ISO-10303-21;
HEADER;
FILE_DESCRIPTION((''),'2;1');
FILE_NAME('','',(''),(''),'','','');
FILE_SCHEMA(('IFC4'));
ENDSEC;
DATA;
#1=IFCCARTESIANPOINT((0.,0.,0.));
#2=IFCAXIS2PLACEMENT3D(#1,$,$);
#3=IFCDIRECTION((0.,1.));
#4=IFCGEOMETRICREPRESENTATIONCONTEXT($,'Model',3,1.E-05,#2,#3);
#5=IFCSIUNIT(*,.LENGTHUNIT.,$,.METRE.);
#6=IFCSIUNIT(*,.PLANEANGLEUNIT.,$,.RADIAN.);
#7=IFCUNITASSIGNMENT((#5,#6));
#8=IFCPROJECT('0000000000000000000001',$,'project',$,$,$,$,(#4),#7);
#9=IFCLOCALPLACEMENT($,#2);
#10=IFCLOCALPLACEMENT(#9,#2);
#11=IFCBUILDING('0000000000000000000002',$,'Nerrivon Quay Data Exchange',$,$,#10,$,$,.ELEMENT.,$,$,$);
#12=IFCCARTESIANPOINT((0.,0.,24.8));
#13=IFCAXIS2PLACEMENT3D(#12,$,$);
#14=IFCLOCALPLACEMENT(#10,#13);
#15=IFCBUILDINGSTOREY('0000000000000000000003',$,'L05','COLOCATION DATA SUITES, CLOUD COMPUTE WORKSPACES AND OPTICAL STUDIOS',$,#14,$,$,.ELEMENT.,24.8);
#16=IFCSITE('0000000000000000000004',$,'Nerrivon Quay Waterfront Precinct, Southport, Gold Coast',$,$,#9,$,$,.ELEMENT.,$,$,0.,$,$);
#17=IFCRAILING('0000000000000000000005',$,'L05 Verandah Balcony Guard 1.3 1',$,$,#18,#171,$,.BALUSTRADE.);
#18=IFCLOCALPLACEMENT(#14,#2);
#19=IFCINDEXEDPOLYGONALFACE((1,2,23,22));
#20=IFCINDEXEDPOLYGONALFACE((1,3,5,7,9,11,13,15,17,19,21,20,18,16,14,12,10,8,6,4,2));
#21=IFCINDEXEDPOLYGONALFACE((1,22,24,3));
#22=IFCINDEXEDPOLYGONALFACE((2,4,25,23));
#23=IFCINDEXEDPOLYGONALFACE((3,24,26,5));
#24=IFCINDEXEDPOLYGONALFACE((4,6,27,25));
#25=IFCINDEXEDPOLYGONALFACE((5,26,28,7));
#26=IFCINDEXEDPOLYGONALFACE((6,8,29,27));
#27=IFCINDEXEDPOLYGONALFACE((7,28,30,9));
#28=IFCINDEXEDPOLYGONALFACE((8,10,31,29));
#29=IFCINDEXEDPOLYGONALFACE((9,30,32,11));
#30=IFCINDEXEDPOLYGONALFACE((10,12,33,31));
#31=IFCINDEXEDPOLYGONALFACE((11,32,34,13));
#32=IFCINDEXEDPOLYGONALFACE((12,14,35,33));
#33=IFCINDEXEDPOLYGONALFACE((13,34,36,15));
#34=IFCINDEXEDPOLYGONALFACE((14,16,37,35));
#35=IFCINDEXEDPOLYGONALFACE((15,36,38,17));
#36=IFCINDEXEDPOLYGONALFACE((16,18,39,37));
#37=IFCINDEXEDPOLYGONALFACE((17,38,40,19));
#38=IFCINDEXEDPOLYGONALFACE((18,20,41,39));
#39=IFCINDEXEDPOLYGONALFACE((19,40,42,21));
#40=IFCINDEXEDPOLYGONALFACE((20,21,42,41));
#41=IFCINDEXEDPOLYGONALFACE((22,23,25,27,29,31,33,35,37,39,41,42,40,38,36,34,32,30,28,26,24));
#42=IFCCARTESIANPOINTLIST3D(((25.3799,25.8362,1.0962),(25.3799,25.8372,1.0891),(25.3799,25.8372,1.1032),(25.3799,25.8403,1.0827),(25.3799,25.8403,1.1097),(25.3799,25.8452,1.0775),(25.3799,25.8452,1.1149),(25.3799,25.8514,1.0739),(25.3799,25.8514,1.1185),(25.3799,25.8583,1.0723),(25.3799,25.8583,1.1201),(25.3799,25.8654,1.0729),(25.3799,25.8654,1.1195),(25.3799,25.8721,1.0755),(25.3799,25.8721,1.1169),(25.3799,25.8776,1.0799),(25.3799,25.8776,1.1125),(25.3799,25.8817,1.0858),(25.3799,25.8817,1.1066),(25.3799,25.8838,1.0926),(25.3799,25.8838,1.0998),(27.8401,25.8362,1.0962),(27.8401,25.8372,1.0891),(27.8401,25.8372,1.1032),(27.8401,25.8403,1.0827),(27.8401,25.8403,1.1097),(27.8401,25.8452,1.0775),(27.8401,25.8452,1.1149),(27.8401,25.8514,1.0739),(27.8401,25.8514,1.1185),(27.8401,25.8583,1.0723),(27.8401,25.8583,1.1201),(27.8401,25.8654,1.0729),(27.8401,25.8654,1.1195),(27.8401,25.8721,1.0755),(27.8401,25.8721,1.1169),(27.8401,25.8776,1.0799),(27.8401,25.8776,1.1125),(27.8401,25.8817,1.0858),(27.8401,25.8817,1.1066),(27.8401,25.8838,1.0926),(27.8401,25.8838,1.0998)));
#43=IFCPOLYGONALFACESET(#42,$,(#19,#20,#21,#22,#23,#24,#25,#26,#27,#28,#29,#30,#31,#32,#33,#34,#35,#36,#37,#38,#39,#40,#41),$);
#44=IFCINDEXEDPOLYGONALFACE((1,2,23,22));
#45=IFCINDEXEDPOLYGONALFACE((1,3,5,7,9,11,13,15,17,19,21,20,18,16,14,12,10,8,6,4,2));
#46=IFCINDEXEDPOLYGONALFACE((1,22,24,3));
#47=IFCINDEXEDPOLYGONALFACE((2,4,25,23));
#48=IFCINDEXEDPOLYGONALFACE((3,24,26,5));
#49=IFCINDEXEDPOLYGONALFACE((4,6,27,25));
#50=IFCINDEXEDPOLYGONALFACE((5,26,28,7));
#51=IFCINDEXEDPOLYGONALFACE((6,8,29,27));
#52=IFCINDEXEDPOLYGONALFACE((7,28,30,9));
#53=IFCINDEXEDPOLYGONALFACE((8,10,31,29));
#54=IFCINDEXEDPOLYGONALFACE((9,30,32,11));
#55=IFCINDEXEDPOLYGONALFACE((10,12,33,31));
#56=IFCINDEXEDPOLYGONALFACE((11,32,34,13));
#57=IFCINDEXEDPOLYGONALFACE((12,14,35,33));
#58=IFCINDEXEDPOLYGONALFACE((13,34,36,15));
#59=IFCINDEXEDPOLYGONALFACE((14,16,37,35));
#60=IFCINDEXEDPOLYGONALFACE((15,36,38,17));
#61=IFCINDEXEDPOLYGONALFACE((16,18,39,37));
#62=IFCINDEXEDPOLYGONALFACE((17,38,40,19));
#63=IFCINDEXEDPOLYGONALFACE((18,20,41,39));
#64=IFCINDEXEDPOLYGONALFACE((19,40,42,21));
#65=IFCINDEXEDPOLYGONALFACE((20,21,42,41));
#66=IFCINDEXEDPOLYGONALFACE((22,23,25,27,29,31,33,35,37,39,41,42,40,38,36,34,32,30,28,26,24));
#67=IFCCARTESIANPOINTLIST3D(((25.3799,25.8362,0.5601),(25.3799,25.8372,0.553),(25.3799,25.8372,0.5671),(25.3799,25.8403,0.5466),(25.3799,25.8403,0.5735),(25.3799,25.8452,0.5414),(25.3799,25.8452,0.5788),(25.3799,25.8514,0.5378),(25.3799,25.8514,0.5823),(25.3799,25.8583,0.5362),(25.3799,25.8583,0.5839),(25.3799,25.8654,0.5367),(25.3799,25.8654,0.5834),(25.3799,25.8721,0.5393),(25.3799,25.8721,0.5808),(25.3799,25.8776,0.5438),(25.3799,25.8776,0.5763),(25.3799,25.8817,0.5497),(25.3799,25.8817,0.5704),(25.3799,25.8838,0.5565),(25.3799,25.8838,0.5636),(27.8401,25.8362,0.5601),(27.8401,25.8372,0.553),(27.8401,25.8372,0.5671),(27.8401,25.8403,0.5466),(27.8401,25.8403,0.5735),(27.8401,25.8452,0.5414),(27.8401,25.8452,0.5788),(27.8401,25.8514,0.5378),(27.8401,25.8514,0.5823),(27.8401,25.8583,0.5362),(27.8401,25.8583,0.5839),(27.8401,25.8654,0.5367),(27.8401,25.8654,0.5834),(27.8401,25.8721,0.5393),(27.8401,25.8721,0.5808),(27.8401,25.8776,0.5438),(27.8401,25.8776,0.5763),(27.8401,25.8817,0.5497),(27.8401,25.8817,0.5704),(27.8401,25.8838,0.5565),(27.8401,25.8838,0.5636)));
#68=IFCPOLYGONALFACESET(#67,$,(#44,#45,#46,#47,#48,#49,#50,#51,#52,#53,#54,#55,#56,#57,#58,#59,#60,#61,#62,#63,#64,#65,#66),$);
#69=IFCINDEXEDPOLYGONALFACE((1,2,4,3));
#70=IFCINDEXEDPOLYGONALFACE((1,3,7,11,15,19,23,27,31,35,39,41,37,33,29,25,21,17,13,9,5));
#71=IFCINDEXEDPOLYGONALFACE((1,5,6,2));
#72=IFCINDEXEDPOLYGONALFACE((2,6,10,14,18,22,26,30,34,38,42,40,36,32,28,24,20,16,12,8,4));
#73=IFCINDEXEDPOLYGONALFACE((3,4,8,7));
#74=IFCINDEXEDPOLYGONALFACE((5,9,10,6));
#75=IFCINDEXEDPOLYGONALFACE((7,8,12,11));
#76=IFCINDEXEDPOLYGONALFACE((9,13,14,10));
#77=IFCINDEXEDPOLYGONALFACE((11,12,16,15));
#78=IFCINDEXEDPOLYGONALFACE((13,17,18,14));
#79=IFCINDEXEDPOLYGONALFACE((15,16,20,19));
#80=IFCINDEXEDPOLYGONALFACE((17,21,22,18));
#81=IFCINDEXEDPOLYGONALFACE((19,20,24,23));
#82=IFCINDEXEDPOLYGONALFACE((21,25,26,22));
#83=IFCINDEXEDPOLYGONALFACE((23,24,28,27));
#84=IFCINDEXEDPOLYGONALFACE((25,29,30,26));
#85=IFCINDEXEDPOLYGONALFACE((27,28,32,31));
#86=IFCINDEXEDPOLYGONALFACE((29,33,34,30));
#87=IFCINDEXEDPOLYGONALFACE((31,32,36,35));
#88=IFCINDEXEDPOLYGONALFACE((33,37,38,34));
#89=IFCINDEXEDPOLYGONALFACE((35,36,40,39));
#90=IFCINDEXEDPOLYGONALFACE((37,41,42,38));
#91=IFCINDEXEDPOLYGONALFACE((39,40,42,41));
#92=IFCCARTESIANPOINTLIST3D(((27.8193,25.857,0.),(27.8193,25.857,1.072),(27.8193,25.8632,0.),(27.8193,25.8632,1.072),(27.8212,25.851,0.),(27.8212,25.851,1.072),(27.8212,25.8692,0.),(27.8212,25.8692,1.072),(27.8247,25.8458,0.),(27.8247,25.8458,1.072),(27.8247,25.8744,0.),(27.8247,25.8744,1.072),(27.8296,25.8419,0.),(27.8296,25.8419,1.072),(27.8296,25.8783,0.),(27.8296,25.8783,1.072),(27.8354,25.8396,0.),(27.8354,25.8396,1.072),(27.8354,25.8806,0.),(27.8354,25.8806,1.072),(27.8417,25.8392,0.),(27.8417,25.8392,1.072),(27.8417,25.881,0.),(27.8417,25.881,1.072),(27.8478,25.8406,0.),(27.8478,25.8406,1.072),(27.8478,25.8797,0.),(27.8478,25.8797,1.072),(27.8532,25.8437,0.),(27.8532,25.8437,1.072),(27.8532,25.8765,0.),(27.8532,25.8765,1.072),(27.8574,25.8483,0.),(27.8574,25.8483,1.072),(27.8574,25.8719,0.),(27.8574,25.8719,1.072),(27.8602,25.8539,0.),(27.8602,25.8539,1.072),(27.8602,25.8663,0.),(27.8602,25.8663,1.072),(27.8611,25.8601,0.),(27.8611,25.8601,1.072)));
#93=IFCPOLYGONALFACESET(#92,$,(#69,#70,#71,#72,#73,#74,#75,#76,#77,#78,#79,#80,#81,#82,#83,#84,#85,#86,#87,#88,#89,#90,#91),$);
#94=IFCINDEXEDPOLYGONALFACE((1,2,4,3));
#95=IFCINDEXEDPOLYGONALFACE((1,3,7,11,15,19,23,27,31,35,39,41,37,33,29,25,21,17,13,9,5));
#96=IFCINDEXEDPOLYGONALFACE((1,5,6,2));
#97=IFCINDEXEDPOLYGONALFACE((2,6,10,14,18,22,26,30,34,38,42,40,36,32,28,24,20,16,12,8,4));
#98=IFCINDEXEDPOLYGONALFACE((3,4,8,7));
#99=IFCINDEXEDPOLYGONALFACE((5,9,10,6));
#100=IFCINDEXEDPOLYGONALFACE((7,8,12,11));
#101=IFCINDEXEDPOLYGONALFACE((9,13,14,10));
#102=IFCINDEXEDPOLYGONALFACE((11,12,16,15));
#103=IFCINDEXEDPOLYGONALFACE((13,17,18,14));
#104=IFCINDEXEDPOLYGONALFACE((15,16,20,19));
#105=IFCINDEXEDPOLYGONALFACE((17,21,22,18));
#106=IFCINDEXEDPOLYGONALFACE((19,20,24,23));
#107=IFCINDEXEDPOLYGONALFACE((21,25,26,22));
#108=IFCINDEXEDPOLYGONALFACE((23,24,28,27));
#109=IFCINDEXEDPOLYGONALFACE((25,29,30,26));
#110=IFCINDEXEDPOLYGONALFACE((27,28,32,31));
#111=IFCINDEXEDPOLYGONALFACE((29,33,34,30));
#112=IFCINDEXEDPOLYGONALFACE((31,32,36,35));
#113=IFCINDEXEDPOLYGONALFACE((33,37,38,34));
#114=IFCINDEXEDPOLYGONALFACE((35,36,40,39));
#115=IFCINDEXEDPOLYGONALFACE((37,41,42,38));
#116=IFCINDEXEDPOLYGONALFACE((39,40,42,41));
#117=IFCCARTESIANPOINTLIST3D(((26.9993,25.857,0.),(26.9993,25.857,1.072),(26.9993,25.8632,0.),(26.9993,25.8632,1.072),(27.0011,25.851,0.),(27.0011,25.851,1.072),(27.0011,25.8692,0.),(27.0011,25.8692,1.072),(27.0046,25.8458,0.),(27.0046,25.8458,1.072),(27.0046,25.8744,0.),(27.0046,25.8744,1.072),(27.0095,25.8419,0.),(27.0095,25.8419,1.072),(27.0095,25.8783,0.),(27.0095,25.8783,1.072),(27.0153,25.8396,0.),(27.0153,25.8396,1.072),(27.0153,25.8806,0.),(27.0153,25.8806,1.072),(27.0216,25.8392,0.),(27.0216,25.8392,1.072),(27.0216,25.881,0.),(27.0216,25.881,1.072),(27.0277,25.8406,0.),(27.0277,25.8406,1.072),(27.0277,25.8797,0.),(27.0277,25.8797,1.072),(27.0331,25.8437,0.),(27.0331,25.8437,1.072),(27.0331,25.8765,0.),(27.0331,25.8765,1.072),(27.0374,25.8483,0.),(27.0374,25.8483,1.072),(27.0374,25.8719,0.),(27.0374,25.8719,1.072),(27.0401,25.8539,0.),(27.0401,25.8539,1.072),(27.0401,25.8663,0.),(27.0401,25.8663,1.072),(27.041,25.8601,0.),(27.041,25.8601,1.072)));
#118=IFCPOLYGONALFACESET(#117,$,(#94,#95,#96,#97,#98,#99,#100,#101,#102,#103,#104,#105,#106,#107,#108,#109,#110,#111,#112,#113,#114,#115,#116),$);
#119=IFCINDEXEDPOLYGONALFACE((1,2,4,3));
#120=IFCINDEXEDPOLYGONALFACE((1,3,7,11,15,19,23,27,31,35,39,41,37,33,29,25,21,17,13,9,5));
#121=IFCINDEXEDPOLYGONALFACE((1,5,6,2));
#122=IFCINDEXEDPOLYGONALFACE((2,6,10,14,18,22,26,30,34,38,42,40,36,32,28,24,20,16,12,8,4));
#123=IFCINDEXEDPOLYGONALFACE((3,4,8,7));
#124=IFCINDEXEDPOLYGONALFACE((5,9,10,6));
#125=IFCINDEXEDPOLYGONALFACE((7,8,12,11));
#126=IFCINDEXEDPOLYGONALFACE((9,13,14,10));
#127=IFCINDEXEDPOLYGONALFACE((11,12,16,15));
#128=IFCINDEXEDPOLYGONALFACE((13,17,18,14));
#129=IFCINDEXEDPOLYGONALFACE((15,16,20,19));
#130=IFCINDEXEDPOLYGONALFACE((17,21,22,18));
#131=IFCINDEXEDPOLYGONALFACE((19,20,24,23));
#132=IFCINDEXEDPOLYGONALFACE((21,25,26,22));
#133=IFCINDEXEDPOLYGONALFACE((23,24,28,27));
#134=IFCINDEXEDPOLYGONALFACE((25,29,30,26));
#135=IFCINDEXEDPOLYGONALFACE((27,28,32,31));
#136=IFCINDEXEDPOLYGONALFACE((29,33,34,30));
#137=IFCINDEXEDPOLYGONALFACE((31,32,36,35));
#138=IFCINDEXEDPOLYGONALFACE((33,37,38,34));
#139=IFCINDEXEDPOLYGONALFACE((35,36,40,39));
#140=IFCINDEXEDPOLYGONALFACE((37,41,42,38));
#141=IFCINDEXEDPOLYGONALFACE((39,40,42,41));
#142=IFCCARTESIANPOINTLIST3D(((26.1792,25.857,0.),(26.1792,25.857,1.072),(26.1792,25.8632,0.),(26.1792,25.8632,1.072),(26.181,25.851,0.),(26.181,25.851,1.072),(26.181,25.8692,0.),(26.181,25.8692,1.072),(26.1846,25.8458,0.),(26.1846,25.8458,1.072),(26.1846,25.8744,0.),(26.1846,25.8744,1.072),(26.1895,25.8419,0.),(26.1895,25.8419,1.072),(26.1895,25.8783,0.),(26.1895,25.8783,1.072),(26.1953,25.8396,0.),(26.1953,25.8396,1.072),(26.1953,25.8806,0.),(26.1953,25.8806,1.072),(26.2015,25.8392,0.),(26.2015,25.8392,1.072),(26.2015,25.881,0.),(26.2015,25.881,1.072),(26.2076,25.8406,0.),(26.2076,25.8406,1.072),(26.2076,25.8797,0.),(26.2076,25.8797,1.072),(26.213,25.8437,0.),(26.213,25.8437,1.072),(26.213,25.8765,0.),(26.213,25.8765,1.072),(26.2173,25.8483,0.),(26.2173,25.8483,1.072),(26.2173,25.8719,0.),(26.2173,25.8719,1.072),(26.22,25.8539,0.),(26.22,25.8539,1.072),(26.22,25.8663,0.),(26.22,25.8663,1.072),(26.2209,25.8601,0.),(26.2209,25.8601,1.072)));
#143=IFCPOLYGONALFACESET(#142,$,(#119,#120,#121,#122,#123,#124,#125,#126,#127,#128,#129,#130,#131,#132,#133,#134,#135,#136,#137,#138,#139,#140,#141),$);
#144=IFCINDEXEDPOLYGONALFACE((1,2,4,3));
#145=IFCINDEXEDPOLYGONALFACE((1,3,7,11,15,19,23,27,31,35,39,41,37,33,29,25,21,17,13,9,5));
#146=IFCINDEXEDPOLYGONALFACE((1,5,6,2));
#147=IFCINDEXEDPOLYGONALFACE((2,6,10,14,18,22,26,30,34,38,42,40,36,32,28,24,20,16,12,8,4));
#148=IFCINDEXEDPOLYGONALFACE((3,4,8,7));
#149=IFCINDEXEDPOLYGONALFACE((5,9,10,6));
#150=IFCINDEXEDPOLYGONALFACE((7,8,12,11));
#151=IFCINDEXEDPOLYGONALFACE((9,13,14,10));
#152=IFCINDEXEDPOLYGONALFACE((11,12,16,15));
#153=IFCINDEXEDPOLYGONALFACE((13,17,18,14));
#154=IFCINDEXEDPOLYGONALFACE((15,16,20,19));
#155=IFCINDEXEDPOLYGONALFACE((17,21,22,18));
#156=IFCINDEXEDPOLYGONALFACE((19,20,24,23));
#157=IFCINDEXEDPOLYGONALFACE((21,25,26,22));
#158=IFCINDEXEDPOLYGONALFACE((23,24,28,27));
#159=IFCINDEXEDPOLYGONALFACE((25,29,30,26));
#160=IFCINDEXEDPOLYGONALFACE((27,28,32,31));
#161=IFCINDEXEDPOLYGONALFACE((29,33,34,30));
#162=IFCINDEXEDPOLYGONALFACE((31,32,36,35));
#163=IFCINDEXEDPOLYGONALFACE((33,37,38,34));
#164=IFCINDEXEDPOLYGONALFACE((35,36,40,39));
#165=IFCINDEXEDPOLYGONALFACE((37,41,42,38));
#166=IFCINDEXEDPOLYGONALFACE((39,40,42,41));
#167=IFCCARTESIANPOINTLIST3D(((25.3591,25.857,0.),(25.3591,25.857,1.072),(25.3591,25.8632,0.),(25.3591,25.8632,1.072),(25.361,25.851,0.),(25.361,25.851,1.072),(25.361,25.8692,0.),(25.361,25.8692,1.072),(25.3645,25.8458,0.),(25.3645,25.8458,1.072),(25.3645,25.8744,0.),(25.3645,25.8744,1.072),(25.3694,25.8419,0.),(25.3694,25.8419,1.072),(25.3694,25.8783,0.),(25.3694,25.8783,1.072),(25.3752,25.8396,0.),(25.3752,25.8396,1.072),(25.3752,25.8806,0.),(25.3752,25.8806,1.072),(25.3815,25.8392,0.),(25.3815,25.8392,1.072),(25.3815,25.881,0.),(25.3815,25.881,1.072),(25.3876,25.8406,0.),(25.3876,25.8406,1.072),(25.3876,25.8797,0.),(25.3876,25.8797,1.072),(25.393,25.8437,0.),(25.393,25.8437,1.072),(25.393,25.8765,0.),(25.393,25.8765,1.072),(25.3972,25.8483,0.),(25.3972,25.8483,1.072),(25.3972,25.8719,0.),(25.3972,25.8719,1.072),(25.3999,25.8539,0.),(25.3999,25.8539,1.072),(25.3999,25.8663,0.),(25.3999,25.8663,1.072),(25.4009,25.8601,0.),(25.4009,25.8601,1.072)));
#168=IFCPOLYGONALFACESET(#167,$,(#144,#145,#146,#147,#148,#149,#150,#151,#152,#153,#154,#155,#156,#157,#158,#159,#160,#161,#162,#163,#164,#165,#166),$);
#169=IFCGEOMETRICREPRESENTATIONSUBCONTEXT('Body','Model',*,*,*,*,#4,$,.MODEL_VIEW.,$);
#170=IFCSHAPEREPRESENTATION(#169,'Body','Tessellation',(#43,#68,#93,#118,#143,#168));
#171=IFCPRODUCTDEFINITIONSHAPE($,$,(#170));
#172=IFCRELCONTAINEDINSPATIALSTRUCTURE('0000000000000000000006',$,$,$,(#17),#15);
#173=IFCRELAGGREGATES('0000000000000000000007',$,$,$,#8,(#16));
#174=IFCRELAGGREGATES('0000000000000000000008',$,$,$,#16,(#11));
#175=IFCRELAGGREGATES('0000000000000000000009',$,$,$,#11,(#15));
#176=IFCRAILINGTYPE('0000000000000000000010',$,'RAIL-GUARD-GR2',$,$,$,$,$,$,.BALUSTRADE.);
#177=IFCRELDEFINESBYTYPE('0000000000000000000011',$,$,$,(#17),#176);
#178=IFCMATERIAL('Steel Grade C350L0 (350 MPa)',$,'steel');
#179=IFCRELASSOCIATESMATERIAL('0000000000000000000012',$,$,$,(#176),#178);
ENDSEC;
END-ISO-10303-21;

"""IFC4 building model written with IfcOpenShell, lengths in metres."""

from ifc_helpers import new_model, si_unit, direction, frame, origin, origin_2d, place, context, subcontext, project, spatial, circle, extrude, material, type_object, element, save


model = new_model("IFC4")

# Units and contexts
model_context = context("Model", 3, precision=1e-05, world=origin(), true_north=direction((0.0, 1.0)))
body_context = subcontext(model_context, "Body", "Model", "MODEL_VIEW")
ifc_project = project(units=[si_unit("LENGTHUNIT", "METRE"), si_unit("PLANEANGLEUNIT", "RADIAN")], contexts=[model_context])

# Site, building, storey
site_placement = place(None, origin())
site = spatial("IfcSite", under=ifc_project, at=site_placement, Name="Nerrivon Quay Waterfront Precinct, Southport, Gold Coast", CompositionType="ELEMENT", RefElevation=0.0)
building_placement = place(site_placement, origin())
building = spatial("IfcBuilding", under=site, at=building_placement, Name="Nerrivon Quay Data Exchange", CompositionType="ELEMENT")
storey_placement = place(building_placement, frame((0.0, 0.0, 24.8)))
storey = spatial("IfcBuildingStorey", under=building, at=storey_placement, Name="L05", Description="COLOCATION DATA SUITES, CLOUD COMPUTE WORKSPACES AND OPTICAL STUDIOS", CompositionType="ELEMENT", Elevation=24.8)

# Railing
ifc_material_1 = material(Name="Steel Grade C350L0 (350 MPa)", Category="steel")
railing_type = type_object("IfcRailingType", Name="RAIL-GUARD-GR2", PredefinedType="BALUSTRADE", material=ifc_material_1)
railing_1_placement = place(storey_placement, frame((27.8401, 25.8601, 0.0)))
element("IfcRailing", 1, at=railing_1_placement, inside=storey, type_object=railing_type, Name="L05 Verandah Balcony Guard 1.3 1", PredefinedType="BALUSTRADE", context=body_context, shape_type="SweptSolid", body=[
    extrude(circle(Radius=0.0239, at=origin_2d()), frame((0.0, 0.0, 1.0962), z_axis=(-1.0, 0.0, 0.0), x_axis=(0.0, -1.0, 0.0)), (0.0, 0.0, 1.0), 2.4602),
    extrude(circle(Radius=0.0239, at=origin_2d()), frame((0.0, 0.0, 0.5601), z_axis=(-1.0, 0.0, 0.0), x_axis=(0.0, -1.0, 0.0)), (0.0, 0.0, 1.0), 2.4602),
    extrude(circle(Radius=0.021, at=origin_2d()), origin(), (0.0, 0.0, 1.0), 1.072),
    extrude(circle(Radius=0.021, at=origin_2d()), frame((-0.8201, 0.0, 0.0)), (0.0, 0.0, 1.0), 1.072),
    extrude(circle(Radius=0.021, at=origin_2d()), frame((-1.6401, 0.0, 0.0)), (0.0, 0.0, 1.0), 1.072),
    extrude(circle(Radius=0.021, at=origin_2d()), frame((-2.4602, 0.0, 0.0)), (0.0, 0.0, 1.0), 1.072),
])

save(model, "model.ifc")
